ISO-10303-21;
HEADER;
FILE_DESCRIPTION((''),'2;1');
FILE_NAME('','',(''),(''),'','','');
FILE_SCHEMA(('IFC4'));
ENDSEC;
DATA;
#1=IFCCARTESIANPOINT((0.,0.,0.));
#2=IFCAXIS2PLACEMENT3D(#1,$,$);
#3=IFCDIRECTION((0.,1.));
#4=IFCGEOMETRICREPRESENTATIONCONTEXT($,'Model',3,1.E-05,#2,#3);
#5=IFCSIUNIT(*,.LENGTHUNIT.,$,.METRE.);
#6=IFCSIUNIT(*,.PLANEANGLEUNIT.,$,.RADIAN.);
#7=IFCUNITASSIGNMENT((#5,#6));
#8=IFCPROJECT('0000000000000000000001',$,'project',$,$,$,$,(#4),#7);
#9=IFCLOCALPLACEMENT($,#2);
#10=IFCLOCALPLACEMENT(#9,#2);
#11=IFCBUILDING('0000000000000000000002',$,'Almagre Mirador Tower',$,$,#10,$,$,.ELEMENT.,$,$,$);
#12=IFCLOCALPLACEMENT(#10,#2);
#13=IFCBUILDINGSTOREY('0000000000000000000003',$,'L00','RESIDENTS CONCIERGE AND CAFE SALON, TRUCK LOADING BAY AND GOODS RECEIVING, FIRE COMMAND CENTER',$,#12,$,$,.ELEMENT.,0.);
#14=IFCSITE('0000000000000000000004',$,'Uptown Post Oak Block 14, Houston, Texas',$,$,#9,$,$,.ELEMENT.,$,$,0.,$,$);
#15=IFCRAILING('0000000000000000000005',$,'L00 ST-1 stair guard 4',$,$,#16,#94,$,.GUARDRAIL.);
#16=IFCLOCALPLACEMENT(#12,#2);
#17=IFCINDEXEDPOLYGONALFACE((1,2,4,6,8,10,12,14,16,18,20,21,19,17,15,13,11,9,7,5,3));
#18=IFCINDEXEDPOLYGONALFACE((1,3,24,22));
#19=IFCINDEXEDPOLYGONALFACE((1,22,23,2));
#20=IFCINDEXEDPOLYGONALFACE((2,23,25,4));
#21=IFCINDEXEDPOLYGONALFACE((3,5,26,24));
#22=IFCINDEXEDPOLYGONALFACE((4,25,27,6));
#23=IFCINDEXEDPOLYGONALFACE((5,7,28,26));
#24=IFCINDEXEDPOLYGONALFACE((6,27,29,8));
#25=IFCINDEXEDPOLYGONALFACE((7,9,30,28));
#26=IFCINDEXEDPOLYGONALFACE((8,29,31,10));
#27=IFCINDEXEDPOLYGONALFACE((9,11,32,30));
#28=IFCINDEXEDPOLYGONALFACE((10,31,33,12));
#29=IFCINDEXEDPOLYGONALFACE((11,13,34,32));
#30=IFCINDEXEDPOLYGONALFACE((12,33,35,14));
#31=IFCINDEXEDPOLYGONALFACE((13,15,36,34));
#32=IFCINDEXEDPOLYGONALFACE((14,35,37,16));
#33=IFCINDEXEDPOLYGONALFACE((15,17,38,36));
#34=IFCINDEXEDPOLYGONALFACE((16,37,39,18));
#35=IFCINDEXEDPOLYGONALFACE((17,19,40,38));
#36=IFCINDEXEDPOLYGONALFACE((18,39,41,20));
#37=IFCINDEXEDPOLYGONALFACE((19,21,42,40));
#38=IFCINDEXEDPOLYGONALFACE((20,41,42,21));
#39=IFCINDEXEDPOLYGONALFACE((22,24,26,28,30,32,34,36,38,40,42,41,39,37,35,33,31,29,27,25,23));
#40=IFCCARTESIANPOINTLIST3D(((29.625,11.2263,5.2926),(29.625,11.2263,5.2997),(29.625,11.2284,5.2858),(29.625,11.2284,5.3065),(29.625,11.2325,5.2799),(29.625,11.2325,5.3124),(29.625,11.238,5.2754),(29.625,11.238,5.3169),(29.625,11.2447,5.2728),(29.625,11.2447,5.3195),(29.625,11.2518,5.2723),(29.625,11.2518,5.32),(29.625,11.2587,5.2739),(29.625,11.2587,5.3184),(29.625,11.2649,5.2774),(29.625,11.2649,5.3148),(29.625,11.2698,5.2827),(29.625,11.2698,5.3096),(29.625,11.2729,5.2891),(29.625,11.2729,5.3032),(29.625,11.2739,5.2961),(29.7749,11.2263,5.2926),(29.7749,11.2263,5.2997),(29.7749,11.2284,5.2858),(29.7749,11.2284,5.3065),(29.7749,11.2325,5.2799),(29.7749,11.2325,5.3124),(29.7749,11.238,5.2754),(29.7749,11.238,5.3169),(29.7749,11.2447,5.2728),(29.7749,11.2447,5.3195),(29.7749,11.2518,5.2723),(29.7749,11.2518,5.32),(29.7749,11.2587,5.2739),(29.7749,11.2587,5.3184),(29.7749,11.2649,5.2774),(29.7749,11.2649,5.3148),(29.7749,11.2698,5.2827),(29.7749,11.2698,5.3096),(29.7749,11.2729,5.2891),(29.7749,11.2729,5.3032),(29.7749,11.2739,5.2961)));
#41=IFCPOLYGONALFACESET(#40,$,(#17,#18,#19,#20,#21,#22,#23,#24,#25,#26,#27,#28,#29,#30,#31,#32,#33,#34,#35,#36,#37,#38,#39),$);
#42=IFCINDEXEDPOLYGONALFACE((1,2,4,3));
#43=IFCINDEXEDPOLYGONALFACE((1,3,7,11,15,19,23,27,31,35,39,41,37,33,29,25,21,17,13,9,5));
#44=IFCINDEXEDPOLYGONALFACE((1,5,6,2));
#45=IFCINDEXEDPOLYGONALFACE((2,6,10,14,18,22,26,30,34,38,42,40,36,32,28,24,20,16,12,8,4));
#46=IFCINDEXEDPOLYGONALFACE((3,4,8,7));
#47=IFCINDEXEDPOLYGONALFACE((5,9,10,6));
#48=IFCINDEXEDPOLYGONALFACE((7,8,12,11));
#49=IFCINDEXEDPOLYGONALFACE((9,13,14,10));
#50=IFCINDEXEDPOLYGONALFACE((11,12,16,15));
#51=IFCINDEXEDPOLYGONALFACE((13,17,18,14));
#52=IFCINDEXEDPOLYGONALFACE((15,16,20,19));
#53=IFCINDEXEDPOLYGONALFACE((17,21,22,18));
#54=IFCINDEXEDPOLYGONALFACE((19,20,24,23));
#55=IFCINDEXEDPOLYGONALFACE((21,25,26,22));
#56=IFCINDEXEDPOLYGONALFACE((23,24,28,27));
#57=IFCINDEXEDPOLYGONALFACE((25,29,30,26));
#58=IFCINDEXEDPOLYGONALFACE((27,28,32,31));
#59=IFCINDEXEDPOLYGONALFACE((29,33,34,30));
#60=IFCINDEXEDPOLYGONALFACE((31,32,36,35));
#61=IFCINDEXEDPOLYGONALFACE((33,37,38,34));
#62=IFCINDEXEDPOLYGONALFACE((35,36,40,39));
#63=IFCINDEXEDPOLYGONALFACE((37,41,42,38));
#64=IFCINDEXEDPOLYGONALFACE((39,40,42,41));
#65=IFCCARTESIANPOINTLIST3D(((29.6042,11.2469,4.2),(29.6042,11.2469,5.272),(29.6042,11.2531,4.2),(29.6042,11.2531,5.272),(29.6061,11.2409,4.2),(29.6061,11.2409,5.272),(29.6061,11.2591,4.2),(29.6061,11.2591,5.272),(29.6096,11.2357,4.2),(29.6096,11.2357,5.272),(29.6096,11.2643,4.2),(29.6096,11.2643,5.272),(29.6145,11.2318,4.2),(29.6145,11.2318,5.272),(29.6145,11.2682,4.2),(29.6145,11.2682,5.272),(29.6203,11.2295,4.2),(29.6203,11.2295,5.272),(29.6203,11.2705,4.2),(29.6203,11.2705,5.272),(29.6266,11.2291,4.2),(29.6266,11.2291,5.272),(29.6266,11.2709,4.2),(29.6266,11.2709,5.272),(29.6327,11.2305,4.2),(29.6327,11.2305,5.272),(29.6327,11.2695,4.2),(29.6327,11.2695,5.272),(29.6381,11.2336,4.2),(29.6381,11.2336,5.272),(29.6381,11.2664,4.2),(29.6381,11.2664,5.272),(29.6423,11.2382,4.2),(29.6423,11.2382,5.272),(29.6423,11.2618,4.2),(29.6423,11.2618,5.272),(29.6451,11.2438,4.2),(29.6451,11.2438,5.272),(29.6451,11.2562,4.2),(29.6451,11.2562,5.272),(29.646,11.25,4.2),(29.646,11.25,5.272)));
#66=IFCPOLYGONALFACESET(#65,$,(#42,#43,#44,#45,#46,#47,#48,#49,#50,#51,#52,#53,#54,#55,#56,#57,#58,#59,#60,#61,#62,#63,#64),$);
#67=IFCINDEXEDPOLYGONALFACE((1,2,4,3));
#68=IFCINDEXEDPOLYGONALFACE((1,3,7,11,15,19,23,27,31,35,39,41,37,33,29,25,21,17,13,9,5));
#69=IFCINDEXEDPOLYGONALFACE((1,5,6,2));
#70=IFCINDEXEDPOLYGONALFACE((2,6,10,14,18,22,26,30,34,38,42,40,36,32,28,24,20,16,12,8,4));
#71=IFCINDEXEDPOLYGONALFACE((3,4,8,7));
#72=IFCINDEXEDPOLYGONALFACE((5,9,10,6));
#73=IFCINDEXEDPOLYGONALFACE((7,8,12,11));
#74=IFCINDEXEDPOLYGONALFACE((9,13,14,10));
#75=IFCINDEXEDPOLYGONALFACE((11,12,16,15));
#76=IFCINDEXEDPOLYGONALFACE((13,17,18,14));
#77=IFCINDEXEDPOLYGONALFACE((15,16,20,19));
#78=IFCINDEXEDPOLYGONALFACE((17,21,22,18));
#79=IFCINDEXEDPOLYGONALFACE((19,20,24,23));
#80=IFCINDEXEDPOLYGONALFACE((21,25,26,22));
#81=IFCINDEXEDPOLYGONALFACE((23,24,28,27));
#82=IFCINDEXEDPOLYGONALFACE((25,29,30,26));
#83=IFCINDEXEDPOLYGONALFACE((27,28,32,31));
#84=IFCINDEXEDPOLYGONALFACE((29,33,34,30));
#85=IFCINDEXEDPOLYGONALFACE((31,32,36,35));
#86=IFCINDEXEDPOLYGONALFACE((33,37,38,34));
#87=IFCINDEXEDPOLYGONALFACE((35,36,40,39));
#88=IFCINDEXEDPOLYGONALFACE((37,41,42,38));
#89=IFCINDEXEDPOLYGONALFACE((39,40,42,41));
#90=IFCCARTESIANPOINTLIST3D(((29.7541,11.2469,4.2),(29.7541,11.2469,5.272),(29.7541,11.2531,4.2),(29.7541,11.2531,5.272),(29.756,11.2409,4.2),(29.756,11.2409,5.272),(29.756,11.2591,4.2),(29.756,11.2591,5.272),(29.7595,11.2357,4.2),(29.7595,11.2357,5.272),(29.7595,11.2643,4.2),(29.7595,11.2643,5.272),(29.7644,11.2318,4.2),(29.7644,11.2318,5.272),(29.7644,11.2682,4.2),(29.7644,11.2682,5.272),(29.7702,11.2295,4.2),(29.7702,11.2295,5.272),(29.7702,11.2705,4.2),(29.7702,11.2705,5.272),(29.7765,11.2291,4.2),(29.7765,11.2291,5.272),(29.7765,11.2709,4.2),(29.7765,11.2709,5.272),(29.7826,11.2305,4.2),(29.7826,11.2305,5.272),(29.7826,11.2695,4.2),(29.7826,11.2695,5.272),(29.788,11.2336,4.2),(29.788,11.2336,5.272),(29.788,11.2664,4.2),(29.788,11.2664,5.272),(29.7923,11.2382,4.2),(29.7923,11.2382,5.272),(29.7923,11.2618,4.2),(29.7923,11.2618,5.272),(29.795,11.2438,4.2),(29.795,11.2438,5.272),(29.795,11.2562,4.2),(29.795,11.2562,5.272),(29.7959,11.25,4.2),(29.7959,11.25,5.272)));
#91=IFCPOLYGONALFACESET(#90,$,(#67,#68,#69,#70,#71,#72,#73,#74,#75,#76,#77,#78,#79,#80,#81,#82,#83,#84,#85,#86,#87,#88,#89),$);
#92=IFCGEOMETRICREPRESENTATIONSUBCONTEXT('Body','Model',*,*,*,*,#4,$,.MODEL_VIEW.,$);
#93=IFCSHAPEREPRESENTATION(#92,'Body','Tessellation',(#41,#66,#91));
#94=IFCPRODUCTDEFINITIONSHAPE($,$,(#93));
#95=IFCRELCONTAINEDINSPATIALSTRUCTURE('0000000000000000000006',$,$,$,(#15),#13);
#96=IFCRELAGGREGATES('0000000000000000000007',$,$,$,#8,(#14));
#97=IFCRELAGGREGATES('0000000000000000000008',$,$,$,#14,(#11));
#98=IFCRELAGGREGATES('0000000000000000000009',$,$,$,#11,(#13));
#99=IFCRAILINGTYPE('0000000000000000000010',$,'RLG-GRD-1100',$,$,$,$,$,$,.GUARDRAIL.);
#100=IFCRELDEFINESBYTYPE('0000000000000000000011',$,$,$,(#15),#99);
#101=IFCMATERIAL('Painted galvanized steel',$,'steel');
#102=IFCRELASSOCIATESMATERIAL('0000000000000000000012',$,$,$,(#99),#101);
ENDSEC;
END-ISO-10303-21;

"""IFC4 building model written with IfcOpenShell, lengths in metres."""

from ifc_helpers import new_model, si_unit, direction, frame, origin, origin_2d, place, context, subcontext, project, spatial, circle, extrude, material, type_object, element, save


model = new_model("IFC4")

# Units and contexts
model_context = context("Model", 3, precision=1e-05, world=origin(), true_north=direction((0.0, 1.0)))
body_context = subcontext(model_context, "Body", "Model", "MODEL_VIEW")
ifc_project = project(units=[si_unit("LENGTHUNIT", "METRE"), si_unit("PLANEANGLEUNIT", "RADIAN")], contexts=[model_context])

# Site, building, storey
site_placement = place(None, origin())
site = spatial("IfcSite", under=ifc_project, at=site_placement, Name="Uptown Post Oak Block 14, Houston, Texas", CompositionType="ELEMENT", RefElevation=0.0)
building_placement = place(site_placement, origin())
building = spatial("IfcBuilding", under=site, at=building_placement, Name="Almagre Mirador Tower", CompositionType="ELEMENT")
storey_placement = place(building_placement, origin())
storey = spatial("IfcBuildingStorey", under=building, at=storey_placement, Name="L00", Description="RESIDENTS CONCIERGE AND CAFE SALON, TRUCK LOADING BAY AND GOODS RECEIVING, FIRE COMMAND CENTER", CompositionType="ELEMENT", Elevation=0.0)

# Railing
ifc_material_1 = material(Name="Painted galvanized steel", Category="steel")
railing_type_1 = type_object("IfcRailingType", Name="RLG-GRD-1100", PredefinedType="GUARDRAIL", material=ifc_material_1)
railing_1_placement = place(storey_placement, frame((29.625, 11.25, 4.2)))
element("IfcRailing", 1, at=railing_1_placement, inside=storey, type_object=railing_type_1, Name="L00 ST-1 stair guard 4", PredefinedType="GUARDRAIL", context=body_context, shape_type="SweptSolid", body=[
    extrude(circle(Radius=0.0239, at=origin_2d()), frame((0.0, 0.0, 1.0962), z_axis=(1.0, 0.0, 0.0), x_axis=(0.0, 1.0, 0.0)), (0.0, 0.0, 1.0), 0.1499),
    extrude(circle(Radius=0.021, at=origin_2d()), origin(), (0.0, 0.0, 1.0), 1.072),
    extrude(circle(Radius=0.021, at=origin_2d()), frame((0.1499, 0.0, 0.0)), (0.0, 0.0, 1.0), 1.072),
])

save(model, "model.ifc")
